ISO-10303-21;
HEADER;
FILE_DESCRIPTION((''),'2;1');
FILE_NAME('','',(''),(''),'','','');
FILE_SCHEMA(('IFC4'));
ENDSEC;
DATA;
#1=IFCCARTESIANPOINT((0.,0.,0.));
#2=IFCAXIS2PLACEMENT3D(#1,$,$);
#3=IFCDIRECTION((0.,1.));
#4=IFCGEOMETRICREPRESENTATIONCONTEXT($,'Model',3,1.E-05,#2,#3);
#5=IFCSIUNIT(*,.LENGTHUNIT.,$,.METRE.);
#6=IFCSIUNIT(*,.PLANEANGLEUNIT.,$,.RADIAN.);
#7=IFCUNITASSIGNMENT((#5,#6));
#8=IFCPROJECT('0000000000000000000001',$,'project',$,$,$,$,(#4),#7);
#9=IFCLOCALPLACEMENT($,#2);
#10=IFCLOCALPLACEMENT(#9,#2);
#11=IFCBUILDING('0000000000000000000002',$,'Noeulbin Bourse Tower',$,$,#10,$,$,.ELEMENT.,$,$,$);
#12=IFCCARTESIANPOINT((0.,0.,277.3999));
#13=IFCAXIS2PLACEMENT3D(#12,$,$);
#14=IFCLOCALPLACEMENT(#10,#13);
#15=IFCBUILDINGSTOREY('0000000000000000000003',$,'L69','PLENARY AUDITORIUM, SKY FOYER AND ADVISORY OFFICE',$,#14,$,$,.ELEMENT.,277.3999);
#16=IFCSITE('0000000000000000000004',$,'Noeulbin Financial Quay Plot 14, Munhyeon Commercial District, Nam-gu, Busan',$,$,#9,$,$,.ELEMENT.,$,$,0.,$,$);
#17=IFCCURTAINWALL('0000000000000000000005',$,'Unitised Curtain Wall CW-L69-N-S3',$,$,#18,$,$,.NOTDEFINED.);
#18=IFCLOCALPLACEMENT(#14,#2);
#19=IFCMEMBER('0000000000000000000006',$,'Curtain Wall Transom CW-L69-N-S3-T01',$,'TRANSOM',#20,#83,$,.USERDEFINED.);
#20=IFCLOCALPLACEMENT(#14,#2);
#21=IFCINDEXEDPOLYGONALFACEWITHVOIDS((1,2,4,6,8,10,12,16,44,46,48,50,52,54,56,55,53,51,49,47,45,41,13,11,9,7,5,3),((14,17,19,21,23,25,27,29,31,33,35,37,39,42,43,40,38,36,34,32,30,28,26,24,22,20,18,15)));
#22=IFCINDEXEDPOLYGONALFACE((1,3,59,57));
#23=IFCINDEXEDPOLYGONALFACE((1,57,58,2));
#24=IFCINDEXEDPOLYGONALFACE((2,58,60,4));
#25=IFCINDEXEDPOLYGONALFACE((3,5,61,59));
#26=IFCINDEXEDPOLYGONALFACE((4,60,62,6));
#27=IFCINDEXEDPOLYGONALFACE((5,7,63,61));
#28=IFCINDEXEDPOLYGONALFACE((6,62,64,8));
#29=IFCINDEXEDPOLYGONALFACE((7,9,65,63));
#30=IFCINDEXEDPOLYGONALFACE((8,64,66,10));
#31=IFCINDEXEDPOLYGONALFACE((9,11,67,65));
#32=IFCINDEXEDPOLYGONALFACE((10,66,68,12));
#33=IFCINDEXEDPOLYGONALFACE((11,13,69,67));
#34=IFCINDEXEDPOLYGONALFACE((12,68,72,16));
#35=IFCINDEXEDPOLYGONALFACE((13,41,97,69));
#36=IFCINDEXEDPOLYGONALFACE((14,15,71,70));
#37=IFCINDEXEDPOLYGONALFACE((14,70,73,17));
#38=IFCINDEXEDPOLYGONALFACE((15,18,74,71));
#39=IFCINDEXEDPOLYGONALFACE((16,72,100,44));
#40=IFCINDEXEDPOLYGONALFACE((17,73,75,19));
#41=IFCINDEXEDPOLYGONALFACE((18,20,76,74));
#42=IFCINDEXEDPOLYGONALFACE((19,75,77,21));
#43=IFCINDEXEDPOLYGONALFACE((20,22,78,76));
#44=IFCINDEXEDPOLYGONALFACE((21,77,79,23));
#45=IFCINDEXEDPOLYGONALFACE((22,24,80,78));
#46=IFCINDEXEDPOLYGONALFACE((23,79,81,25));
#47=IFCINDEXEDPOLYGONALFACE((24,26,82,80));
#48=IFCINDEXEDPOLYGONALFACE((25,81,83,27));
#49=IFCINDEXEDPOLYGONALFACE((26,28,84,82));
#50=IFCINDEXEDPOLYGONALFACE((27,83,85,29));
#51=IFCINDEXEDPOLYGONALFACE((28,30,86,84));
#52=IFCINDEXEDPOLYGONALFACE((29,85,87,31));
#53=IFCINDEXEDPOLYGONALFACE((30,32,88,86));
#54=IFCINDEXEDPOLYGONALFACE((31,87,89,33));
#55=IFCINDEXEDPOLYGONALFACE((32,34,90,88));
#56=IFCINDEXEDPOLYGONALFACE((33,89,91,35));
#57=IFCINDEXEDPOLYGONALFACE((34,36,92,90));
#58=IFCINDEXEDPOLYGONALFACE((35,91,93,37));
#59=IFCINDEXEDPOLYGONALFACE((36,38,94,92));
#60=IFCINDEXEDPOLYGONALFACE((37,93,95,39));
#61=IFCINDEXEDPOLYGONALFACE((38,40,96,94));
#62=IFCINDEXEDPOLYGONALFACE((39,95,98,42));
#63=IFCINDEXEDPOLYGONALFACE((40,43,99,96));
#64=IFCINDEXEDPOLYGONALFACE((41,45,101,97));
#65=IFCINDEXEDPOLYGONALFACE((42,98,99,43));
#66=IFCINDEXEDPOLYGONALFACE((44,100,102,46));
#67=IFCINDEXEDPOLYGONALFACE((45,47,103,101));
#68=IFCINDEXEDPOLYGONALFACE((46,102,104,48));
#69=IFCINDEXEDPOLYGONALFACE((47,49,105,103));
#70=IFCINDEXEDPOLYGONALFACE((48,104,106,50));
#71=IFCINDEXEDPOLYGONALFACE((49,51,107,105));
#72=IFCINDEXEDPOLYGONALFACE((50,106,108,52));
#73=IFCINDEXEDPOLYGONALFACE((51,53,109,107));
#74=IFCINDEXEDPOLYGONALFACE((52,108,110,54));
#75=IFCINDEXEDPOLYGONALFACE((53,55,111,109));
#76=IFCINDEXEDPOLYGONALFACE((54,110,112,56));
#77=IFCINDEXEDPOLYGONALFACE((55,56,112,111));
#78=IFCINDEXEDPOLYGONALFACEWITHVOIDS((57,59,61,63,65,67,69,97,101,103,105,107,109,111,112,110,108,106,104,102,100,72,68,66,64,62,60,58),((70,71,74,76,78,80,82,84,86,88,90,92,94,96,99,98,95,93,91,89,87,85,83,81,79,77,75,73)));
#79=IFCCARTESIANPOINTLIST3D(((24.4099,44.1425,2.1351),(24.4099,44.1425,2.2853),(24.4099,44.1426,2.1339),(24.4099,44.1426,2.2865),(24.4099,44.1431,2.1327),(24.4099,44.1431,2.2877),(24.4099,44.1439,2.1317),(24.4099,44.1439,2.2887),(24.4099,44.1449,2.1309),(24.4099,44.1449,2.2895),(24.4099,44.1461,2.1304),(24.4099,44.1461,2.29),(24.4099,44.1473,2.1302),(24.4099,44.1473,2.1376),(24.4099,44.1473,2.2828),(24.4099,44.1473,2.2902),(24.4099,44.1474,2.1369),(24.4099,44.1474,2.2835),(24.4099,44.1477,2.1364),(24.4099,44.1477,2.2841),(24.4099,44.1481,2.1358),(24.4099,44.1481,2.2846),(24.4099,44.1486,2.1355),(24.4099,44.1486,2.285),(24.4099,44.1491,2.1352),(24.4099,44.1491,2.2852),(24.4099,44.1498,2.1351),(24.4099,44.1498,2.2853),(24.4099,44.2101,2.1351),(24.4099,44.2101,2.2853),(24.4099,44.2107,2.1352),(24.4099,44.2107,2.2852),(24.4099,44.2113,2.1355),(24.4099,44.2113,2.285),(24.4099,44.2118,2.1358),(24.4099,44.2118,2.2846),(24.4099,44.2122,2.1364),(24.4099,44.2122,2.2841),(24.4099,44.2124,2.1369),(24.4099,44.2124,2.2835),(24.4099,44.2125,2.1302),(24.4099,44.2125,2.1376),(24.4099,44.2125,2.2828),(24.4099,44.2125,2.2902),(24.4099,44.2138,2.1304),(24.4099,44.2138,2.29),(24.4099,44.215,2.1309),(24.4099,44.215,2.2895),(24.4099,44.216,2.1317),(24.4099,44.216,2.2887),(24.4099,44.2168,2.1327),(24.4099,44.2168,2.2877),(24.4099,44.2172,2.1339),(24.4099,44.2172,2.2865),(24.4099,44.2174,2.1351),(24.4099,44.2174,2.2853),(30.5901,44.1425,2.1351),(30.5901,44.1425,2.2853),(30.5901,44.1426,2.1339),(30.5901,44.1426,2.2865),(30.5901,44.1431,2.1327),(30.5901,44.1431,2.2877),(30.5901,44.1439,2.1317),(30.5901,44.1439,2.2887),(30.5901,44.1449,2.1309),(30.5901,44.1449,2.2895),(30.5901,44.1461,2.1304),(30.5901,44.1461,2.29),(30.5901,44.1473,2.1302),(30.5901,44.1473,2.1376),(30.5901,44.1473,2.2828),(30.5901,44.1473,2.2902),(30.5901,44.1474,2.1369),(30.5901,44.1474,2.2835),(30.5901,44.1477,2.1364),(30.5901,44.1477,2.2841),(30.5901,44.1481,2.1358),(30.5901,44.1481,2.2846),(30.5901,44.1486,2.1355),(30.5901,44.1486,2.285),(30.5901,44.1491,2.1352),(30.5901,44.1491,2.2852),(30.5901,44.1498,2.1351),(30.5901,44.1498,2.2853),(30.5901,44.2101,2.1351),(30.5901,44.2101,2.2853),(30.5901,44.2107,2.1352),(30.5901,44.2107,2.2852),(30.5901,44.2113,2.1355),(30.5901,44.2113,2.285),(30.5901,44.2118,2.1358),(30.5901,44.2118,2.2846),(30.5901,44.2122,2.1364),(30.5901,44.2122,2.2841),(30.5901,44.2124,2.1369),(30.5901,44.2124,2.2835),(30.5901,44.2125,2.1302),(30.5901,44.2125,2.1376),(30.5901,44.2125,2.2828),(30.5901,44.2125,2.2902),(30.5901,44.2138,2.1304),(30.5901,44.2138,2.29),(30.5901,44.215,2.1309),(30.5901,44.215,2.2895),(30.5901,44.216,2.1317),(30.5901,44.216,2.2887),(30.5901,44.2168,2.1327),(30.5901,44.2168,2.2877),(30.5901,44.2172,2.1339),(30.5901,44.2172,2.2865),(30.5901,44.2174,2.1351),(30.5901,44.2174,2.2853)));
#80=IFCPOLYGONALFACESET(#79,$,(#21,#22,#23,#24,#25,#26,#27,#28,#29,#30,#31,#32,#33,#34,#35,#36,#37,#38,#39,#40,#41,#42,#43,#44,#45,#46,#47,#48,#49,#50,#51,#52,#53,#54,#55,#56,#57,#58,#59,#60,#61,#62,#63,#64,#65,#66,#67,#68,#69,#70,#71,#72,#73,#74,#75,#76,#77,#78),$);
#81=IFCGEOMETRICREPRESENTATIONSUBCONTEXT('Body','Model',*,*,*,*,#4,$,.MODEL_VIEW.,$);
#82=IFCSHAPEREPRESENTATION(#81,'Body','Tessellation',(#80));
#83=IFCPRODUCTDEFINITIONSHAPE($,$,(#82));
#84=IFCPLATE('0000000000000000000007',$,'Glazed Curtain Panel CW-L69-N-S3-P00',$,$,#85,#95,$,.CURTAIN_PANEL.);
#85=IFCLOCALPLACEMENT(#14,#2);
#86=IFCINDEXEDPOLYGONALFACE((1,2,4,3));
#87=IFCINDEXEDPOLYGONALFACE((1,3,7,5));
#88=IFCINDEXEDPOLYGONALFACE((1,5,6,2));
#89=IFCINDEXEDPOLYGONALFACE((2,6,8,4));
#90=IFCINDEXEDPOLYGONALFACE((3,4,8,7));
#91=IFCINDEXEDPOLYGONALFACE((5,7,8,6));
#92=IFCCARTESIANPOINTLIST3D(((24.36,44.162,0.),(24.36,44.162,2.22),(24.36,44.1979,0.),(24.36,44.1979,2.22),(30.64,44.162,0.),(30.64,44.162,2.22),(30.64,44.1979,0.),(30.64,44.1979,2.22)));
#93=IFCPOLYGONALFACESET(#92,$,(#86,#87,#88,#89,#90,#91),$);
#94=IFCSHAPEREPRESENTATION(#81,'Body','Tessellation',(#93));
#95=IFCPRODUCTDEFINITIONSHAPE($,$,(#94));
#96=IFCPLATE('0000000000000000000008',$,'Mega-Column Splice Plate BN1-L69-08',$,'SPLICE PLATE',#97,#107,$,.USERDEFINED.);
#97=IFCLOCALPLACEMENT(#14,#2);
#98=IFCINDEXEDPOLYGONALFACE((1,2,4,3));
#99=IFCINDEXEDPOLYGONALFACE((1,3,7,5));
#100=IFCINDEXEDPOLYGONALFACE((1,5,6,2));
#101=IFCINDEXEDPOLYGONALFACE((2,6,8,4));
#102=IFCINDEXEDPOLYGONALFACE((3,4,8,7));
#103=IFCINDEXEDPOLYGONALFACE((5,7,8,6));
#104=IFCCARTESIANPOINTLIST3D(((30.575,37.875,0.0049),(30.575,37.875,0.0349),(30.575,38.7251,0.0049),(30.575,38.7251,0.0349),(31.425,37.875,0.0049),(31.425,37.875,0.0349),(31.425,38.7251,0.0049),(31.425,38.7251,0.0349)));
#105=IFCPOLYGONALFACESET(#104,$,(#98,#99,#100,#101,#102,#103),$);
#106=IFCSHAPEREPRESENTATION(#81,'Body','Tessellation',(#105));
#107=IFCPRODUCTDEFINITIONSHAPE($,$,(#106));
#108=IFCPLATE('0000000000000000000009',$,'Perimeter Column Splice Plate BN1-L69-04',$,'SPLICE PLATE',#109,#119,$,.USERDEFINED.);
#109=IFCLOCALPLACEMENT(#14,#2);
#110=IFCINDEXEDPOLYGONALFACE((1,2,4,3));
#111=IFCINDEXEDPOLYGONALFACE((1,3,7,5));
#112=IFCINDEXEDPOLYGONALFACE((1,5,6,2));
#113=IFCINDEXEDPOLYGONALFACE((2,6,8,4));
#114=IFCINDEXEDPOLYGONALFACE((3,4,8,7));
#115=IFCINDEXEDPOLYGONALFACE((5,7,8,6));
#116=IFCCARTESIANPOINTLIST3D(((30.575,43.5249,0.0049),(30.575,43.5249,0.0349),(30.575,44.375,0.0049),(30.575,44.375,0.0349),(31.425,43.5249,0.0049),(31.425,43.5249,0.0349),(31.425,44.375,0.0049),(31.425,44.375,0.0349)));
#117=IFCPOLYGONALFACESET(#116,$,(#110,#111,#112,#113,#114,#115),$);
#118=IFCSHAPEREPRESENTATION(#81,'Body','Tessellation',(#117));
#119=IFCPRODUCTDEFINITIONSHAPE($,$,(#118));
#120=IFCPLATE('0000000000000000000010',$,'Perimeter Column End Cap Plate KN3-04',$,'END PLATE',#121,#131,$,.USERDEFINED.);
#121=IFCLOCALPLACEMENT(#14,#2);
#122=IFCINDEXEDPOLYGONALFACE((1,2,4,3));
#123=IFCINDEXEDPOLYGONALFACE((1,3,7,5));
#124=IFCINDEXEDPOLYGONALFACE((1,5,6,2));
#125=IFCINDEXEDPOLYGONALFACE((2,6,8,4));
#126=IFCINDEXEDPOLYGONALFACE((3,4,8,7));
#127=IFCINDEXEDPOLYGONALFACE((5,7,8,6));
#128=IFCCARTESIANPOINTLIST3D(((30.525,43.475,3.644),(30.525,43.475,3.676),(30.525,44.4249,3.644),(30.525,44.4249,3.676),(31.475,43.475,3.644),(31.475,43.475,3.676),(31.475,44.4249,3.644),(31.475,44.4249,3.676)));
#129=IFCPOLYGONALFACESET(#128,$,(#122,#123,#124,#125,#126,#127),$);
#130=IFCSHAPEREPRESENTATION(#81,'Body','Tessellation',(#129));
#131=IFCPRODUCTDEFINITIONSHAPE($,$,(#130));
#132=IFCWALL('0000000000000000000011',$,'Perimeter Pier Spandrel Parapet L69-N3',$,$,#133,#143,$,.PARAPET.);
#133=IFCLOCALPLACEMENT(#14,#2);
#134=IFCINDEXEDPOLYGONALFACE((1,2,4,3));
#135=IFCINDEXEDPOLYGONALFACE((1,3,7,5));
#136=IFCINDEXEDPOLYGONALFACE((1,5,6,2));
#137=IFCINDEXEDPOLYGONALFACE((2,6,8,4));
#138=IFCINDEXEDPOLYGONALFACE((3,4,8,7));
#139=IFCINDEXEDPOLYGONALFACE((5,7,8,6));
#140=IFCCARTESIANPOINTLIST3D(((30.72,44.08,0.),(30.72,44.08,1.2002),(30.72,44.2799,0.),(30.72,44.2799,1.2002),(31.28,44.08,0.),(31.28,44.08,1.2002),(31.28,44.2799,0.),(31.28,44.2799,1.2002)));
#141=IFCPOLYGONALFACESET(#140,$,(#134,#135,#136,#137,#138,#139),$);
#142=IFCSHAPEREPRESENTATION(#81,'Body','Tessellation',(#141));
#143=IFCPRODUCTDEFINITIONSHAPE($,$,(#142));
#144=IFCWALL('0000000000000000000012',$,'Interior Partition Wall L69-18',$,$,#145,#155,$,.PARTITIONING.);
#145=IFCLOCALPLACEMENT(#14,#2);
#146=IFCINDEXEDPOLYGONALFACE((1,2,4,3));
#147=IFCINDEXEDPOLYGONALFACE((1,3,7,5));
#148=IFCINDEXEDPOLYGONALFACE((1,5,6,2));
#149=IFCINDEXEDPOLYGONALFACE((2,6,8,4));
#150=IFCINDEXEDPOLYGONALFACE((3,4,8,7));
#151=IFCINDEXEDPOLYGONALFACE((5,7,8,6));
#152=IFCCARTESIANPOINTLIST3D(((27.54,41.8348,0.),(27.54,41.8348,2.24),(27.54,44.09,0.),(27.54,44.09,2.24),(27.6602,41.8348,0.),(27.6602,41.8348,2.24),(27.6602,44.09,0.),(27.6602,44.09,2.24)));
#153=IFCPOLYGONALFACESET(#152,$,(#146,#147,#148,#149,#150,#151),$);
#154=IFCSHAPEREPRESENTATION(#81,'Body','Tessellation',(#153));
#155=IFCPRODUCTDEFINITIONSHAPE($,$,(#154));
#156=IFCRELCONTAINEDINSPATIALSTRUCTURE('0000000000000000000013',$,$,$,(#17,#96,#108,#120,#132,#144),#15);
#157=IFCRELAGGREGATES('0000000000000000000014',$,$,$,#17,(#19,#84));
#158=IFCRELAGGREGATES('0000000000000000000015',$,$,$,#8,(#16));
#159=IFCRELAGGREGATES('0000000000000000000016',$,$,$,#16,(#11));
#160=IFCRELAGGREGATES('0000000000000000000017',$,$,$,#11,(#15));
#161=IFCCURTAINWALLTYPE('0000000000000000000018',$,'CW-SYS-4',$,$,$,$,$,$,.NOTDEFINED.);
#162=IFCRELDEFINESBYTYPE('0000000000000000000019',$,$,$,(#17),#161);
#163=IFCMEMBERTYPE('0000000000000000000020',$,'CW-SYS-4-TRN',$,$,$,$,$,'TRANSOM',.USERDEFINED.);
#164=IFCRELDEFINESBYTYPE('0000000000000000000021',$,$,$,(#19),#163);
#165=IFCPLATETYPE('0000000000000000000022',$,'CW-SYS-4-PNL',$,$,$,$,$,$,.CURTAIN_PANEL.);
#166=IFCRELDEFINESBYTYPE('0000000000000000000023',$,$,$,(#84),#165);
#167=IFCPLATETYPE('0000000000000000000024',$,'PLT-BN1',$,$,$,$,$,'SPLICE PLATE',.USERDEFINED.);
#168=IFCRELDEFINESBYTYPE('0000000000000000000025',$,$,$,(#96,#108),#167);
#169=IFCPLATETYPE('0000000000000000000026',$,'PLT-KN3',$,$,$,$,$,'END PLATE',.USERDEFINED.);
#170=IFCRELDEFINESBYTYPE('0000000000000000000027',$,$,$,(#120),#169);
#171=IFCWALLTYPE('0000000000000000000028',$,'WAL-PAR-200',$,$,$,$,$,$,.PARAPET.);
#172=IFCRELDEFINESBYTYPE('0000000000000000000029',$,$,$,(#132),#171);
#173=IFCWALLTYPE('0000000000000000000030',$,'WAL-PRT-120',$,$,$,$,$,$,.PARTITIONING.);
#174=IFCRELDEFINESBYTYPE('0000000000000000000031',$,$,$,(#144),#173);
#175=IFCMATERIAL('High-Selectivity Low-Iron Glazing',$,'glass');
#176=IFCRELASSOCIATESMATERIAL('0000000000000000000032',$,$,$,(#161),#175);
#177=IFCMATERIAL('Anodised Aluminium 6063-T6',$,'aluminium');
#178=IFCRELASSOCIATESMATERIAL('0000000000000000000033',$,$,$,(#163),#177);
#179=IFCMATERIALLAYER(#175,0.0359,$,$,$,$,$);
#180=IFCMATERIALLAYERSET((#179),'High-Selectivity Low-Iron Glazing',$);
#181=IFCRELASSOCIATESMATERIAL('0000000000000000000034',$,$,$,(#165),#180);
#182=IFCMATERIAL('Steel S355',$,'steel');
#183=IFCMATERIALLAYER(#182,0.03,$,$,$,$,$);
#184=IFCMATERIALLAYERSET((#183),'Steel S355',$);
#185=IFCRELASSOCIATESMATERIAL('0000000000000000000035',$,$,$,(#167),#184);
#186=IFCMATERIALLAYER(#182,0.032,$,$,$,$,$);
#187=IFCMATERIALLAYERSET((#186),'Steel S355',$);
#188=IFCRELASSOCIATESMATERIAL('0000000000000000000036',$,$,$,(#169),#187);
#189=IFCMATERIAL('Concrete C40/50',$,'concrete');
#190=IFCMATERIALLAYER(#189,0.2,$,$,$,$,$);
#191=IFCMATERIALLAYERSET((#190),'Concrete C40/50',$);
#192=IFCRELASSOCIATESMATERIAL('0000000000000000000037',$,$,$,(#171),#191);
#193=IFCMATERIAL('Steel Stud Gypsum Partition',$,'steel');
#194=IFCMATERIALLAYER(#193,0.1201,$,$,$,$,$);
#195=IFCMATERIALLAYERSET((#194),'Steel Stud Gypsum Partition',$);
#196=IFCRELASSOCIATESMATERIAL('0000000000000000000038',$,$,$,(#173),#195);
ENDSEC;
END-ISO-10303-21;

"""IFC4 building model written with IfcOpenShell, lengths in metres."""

from ifc_helpers import new_model, si_unit, direction, frame, frame_2d, origin, origin_2d, place, context, subcontext, project, spatial, rectangle, hollow_rectangle, extrude, material, layer, layer_set, material_profile, profile_set, type_object, element, aggregate, save


model = new_model("IFC4")

# Units and contexts
model_context = context("Model", 3, precision=1e-05, world=origin(), true_north=direction((0.0, 1.0)))
body_context = subcontext(model_context, "Body", "Model", "MODEL_VIEW")
ifc_project = project(units=[si_unit("LENGTHUNIT", "METRE"), si_unit("PLANEANGLEUNIT", "RADIAN")], contexts=[model_context])

# Site, building, storey
site_placement = place(None, origin())
site = spatial("IfcSite", under=ifc_project, at=site_placement, Name="Noeulbin Financial Quay Plot 14, Munhyeon Commercial District, Nam-gu, Busan", CompositionType="ELEMENT", RefElevation=0.0)
building_placement = place(site_placement, origin())
building = spatial("IfcBuilding", under=site, at=building_placement, Name="Noeulbin Bourse Tower", CompositionType="ELEMENT")
storey_placement = place(building_placement, frame((0.0, 0.0, 277.3999)))
storey = spatial("IfcBuildingStorey", under=building, at=storey_placement, Name="L69", Description="PLENARY AUDITORIUM, SKY FOYER AND ADVISORY OFFICE", CompositionType="ELEMENT", Elevation=277.3999)

# Shared definitions
ifc_material_1 = material(Name="Steel S355", Category="steel")

# Curtain wall, member, plate
ifc_material_2 = material(Name="High-Selectivity Low-Iron Glazing", Category="glass")
curtain_wall_type = type_object("IfcCurtainWallType", Name="CW-SYS-4", PredefinedType="NOTDEFINED", material=ifc_material_2)
curtain_wall_placement = place(storey_placement, origin())
curtain_wall = element("IfcCurtainWall", 1, at=curtain_wall_placement, inside=storey, type_object=curtain_wall_type, Name="Unitised Curtain Wall CW-L69-N-S3", PredefinedType="NOTDEFINED")
ifc_material_3 = material(Name="Anodised Aluminium 6063-T6", Category="aluminium")
ifc_material_profile_1 = material_profile(ifc_material_3, hollow_rectangle(XDim=0.075, YDim=0.1599, WallThickness=0.0049, InnerFilletRadius=0.0024, OuterFilletRadius=0.0049, at=origin_2d()), Name="ALU-TRAN-75x160x5", Category="LoadBearing")
ifc_profile_set_1 = profile_set([ifc_material_profile_1], Name="Anodised Aluminium 6063-T6")
member_type_1 = type_object("IfcMemberType", Name="CW-SYS-4-TRN", ElementType="TRANSOM", PredefinedType="USERDEFINED", material=ifc_profile_set_1)
member_1_placement = place(storey_placement, frame((24.4099, 44.1799, 2.2102), z_axis=(1.0, 0.0, 0.0), x_axis=(0.0, 1.0, 0.0)))
member_1 = element("IfcMember", 2, at=member_1_placement, type_object=member_type_1, Name="Curtain Wall Transom CW-L69-N-S3-T01", ObjectType="TRANSOM", PredefinedType="USERDEFINED", context=body_context, shape_type="SweptSolid", body=[
    extrude(hollow_rectangle(XDim=0.075, YDim=0.1599, WallThickness=0.0049, InnerFilletRadius=0.0024, OuterFilletRadius=0.0049, at=origin_2d()), origin(), (0.0, 0.0, 1.0), 6.1802),
])
ifc_layer_1 = layer(ifc_material_2, 0.0359)
ifc_layer_set_1 = layer_set([ifc_layer_1], Name="High-Selectivity Low-Iron Glazing")
plate_type_1 = type_object("IfcPlateType", Name="CW-SYS-4-PNL", PredefinedType="CURTAIN_PANEL", material=ifc_layer_set_1)
plate_1_placement = place(storey_placement, frame((27.5, 44.1799, 0.0), z_axis=(0.0, 0.0, 1.0), x_axis=(1.0, 0.0, 0.0)))
plate_1 = element("IfcPlate", 3, at=plate_1_placement, type_object=plate_type_1, Name="Glazed Curtain Panel CW-L69-N-S3-P00", PredefinedType="CURTAIN_PANEL", context=body_context, shape_type="SweptSolid", body=[
    extrude(rectangle(XDim=6.28, YDim=0.0359, at=origin_2d()), origin(), (0.0, 0.0, 1.0), 2.22),
])
aggregate(curtain_wall, [member_1, plate_1])

# Plates
ifc_layer_2 = layer(ifc_material_1, 0.03)
ifc_layer_set_2 = layer_set([ifc_layer_2], Name="Steel S355")
plate_type_2 = type_object("IfcPlateType", Name="PLT-BN1", ElementType="SPLICE PLATE", PredefinedType="USERDEFINED", material=ifc_layer_set_2)
for number, where, z_axis, x_axis, name in (
    (4, (31.0, 38.3, 0.0049), (0.0, 0.0, 1.0), (1.0, 0.0, 0.0), "Mega-Column Splice Plate BN1-L69-08"),
    (5, (31.0, 43.95, 0.0049), (0.0, 0.0, 1.0), (1.0, 0.0, 0.0), "Perimeter Column Splice Plate BN1-L69-04"),
):
    element("IfcPlate", number, at=place(storey_placement, frame(where, z_axis=z_axis, x_axis=x_axis)), inside=storey, type_object=plate_type_2, Name=name, ObjectType="SPLICE PLATE", PredefinedType="USERDEFINED", context=body_context, shape_type="SweptSolid", body=[
        extrude(rectangle(XDim=0.8501, YDim=0.8501, at=origin_2d()), origin(), (0.0, 0.0, 1.0), 0.03),
    ])
ifc_layer_3 = layer(ifc_material_1, 0.032)
ifc_layer_set_3 = layer_set([ifc_layer_3], Name="Steel S355")
plate_type_3 = type_object("IfcPlateType", Name="PLT-KN3", ElementType="END PLATE", PredefinedType="USERDEFINED", material=ifc_layer_set_3)
plate_2_placement = place(storey_placement, frame((31.0, 43.95, 3.644), z_axis=(0.0, 0.0, 1.0), x_axis=(1.0, 0.0, 0.0)))
element("IfcPlate", 6, at=plate_2_placement, inside=storey, type_object=plate_type_3, Name="Perimeter Column End Cap Plate KN3-04", ObjectType="END PLATE", PredefinedType="USERDEFINED", context=body_context, shape_type="SweptSolid", body=[
    extrude(rectangle(XDim=0.95, YDim=0.95, at=origin_2d()), origin(), (0.0, 0.0, 1.0), 0.032),
])

# Walls
ifc_material_4 = material(Name="Concrete C40/50", Category="concrete")
ifc_layer_4 = layer(ifc_material_4, 0.2)
ifc_layer_set_4 = layer_set([ifc_layer_4], Name="Concrete C40/50")
wall_type_1 = type_object("IfcWallType", Name="WAL-PAR-200", PredefinedType="PARAPET", material=ifc_layer_set_4)
wall_1_placement = place(storey_placement, frame((30.72, 44.1799, 0.0), z_axis=(0.0, 0.0, 1.0), x_axis=(1.0, 0.0, 0.0)))
element("IfcWall", 7, at=wall_1_placement, inside=storey, type_object=wall_type_1, Name="Perimeter Pier Spandrel Parapet L69-N3", PredefinedType="PARAPET", context=body_context, shape_type="SweptSolid", body=[
    extrude(rectangle(XDim=0.5601, YDim=0.2, at=frame_2d((0.28, 0.0))), origin(), (0.0, 0.0, 1.0), 1.2002),
])
ifc_material_5 = material(Name="Steel Stud Gypsum Partition", Category="steel")
ifc_layer_5 = layer(ifc_material_5, 0.1201)
ifc_layer_set_5 = layer_set([ifc_layer_5], Name="Steel Stud Gypsum Partition")
wall_type_2 = type_object("IfcWallType", Name="WAL-PRT-120", PredefinedType="PARTITIONING", material=ifc_layer_set_5)
wall_2_placement = place(storey_placement, frame((27.6001, 41.835, 0.0), z_axis=(0.0, 0.0, 1.0), x_axis=(0.0, 1.0, 0.0)))
element("IfcWall", 8, at=wall_2_placement, inside=storey, type_object=wall_type_2, Name="Interior Partition Wall L69-18", PredefinedType="PARTITIONING", context=body_context, shape_type="SweptSolid", body=[
    extrude(rectangle(XDim=2.2551, YDim=0.1201, at=frame_2d((1.1274, 0.0))), origin(), (0.0, 0.0, 1.0), 2.24),
])

save(model, "model.ifc")
